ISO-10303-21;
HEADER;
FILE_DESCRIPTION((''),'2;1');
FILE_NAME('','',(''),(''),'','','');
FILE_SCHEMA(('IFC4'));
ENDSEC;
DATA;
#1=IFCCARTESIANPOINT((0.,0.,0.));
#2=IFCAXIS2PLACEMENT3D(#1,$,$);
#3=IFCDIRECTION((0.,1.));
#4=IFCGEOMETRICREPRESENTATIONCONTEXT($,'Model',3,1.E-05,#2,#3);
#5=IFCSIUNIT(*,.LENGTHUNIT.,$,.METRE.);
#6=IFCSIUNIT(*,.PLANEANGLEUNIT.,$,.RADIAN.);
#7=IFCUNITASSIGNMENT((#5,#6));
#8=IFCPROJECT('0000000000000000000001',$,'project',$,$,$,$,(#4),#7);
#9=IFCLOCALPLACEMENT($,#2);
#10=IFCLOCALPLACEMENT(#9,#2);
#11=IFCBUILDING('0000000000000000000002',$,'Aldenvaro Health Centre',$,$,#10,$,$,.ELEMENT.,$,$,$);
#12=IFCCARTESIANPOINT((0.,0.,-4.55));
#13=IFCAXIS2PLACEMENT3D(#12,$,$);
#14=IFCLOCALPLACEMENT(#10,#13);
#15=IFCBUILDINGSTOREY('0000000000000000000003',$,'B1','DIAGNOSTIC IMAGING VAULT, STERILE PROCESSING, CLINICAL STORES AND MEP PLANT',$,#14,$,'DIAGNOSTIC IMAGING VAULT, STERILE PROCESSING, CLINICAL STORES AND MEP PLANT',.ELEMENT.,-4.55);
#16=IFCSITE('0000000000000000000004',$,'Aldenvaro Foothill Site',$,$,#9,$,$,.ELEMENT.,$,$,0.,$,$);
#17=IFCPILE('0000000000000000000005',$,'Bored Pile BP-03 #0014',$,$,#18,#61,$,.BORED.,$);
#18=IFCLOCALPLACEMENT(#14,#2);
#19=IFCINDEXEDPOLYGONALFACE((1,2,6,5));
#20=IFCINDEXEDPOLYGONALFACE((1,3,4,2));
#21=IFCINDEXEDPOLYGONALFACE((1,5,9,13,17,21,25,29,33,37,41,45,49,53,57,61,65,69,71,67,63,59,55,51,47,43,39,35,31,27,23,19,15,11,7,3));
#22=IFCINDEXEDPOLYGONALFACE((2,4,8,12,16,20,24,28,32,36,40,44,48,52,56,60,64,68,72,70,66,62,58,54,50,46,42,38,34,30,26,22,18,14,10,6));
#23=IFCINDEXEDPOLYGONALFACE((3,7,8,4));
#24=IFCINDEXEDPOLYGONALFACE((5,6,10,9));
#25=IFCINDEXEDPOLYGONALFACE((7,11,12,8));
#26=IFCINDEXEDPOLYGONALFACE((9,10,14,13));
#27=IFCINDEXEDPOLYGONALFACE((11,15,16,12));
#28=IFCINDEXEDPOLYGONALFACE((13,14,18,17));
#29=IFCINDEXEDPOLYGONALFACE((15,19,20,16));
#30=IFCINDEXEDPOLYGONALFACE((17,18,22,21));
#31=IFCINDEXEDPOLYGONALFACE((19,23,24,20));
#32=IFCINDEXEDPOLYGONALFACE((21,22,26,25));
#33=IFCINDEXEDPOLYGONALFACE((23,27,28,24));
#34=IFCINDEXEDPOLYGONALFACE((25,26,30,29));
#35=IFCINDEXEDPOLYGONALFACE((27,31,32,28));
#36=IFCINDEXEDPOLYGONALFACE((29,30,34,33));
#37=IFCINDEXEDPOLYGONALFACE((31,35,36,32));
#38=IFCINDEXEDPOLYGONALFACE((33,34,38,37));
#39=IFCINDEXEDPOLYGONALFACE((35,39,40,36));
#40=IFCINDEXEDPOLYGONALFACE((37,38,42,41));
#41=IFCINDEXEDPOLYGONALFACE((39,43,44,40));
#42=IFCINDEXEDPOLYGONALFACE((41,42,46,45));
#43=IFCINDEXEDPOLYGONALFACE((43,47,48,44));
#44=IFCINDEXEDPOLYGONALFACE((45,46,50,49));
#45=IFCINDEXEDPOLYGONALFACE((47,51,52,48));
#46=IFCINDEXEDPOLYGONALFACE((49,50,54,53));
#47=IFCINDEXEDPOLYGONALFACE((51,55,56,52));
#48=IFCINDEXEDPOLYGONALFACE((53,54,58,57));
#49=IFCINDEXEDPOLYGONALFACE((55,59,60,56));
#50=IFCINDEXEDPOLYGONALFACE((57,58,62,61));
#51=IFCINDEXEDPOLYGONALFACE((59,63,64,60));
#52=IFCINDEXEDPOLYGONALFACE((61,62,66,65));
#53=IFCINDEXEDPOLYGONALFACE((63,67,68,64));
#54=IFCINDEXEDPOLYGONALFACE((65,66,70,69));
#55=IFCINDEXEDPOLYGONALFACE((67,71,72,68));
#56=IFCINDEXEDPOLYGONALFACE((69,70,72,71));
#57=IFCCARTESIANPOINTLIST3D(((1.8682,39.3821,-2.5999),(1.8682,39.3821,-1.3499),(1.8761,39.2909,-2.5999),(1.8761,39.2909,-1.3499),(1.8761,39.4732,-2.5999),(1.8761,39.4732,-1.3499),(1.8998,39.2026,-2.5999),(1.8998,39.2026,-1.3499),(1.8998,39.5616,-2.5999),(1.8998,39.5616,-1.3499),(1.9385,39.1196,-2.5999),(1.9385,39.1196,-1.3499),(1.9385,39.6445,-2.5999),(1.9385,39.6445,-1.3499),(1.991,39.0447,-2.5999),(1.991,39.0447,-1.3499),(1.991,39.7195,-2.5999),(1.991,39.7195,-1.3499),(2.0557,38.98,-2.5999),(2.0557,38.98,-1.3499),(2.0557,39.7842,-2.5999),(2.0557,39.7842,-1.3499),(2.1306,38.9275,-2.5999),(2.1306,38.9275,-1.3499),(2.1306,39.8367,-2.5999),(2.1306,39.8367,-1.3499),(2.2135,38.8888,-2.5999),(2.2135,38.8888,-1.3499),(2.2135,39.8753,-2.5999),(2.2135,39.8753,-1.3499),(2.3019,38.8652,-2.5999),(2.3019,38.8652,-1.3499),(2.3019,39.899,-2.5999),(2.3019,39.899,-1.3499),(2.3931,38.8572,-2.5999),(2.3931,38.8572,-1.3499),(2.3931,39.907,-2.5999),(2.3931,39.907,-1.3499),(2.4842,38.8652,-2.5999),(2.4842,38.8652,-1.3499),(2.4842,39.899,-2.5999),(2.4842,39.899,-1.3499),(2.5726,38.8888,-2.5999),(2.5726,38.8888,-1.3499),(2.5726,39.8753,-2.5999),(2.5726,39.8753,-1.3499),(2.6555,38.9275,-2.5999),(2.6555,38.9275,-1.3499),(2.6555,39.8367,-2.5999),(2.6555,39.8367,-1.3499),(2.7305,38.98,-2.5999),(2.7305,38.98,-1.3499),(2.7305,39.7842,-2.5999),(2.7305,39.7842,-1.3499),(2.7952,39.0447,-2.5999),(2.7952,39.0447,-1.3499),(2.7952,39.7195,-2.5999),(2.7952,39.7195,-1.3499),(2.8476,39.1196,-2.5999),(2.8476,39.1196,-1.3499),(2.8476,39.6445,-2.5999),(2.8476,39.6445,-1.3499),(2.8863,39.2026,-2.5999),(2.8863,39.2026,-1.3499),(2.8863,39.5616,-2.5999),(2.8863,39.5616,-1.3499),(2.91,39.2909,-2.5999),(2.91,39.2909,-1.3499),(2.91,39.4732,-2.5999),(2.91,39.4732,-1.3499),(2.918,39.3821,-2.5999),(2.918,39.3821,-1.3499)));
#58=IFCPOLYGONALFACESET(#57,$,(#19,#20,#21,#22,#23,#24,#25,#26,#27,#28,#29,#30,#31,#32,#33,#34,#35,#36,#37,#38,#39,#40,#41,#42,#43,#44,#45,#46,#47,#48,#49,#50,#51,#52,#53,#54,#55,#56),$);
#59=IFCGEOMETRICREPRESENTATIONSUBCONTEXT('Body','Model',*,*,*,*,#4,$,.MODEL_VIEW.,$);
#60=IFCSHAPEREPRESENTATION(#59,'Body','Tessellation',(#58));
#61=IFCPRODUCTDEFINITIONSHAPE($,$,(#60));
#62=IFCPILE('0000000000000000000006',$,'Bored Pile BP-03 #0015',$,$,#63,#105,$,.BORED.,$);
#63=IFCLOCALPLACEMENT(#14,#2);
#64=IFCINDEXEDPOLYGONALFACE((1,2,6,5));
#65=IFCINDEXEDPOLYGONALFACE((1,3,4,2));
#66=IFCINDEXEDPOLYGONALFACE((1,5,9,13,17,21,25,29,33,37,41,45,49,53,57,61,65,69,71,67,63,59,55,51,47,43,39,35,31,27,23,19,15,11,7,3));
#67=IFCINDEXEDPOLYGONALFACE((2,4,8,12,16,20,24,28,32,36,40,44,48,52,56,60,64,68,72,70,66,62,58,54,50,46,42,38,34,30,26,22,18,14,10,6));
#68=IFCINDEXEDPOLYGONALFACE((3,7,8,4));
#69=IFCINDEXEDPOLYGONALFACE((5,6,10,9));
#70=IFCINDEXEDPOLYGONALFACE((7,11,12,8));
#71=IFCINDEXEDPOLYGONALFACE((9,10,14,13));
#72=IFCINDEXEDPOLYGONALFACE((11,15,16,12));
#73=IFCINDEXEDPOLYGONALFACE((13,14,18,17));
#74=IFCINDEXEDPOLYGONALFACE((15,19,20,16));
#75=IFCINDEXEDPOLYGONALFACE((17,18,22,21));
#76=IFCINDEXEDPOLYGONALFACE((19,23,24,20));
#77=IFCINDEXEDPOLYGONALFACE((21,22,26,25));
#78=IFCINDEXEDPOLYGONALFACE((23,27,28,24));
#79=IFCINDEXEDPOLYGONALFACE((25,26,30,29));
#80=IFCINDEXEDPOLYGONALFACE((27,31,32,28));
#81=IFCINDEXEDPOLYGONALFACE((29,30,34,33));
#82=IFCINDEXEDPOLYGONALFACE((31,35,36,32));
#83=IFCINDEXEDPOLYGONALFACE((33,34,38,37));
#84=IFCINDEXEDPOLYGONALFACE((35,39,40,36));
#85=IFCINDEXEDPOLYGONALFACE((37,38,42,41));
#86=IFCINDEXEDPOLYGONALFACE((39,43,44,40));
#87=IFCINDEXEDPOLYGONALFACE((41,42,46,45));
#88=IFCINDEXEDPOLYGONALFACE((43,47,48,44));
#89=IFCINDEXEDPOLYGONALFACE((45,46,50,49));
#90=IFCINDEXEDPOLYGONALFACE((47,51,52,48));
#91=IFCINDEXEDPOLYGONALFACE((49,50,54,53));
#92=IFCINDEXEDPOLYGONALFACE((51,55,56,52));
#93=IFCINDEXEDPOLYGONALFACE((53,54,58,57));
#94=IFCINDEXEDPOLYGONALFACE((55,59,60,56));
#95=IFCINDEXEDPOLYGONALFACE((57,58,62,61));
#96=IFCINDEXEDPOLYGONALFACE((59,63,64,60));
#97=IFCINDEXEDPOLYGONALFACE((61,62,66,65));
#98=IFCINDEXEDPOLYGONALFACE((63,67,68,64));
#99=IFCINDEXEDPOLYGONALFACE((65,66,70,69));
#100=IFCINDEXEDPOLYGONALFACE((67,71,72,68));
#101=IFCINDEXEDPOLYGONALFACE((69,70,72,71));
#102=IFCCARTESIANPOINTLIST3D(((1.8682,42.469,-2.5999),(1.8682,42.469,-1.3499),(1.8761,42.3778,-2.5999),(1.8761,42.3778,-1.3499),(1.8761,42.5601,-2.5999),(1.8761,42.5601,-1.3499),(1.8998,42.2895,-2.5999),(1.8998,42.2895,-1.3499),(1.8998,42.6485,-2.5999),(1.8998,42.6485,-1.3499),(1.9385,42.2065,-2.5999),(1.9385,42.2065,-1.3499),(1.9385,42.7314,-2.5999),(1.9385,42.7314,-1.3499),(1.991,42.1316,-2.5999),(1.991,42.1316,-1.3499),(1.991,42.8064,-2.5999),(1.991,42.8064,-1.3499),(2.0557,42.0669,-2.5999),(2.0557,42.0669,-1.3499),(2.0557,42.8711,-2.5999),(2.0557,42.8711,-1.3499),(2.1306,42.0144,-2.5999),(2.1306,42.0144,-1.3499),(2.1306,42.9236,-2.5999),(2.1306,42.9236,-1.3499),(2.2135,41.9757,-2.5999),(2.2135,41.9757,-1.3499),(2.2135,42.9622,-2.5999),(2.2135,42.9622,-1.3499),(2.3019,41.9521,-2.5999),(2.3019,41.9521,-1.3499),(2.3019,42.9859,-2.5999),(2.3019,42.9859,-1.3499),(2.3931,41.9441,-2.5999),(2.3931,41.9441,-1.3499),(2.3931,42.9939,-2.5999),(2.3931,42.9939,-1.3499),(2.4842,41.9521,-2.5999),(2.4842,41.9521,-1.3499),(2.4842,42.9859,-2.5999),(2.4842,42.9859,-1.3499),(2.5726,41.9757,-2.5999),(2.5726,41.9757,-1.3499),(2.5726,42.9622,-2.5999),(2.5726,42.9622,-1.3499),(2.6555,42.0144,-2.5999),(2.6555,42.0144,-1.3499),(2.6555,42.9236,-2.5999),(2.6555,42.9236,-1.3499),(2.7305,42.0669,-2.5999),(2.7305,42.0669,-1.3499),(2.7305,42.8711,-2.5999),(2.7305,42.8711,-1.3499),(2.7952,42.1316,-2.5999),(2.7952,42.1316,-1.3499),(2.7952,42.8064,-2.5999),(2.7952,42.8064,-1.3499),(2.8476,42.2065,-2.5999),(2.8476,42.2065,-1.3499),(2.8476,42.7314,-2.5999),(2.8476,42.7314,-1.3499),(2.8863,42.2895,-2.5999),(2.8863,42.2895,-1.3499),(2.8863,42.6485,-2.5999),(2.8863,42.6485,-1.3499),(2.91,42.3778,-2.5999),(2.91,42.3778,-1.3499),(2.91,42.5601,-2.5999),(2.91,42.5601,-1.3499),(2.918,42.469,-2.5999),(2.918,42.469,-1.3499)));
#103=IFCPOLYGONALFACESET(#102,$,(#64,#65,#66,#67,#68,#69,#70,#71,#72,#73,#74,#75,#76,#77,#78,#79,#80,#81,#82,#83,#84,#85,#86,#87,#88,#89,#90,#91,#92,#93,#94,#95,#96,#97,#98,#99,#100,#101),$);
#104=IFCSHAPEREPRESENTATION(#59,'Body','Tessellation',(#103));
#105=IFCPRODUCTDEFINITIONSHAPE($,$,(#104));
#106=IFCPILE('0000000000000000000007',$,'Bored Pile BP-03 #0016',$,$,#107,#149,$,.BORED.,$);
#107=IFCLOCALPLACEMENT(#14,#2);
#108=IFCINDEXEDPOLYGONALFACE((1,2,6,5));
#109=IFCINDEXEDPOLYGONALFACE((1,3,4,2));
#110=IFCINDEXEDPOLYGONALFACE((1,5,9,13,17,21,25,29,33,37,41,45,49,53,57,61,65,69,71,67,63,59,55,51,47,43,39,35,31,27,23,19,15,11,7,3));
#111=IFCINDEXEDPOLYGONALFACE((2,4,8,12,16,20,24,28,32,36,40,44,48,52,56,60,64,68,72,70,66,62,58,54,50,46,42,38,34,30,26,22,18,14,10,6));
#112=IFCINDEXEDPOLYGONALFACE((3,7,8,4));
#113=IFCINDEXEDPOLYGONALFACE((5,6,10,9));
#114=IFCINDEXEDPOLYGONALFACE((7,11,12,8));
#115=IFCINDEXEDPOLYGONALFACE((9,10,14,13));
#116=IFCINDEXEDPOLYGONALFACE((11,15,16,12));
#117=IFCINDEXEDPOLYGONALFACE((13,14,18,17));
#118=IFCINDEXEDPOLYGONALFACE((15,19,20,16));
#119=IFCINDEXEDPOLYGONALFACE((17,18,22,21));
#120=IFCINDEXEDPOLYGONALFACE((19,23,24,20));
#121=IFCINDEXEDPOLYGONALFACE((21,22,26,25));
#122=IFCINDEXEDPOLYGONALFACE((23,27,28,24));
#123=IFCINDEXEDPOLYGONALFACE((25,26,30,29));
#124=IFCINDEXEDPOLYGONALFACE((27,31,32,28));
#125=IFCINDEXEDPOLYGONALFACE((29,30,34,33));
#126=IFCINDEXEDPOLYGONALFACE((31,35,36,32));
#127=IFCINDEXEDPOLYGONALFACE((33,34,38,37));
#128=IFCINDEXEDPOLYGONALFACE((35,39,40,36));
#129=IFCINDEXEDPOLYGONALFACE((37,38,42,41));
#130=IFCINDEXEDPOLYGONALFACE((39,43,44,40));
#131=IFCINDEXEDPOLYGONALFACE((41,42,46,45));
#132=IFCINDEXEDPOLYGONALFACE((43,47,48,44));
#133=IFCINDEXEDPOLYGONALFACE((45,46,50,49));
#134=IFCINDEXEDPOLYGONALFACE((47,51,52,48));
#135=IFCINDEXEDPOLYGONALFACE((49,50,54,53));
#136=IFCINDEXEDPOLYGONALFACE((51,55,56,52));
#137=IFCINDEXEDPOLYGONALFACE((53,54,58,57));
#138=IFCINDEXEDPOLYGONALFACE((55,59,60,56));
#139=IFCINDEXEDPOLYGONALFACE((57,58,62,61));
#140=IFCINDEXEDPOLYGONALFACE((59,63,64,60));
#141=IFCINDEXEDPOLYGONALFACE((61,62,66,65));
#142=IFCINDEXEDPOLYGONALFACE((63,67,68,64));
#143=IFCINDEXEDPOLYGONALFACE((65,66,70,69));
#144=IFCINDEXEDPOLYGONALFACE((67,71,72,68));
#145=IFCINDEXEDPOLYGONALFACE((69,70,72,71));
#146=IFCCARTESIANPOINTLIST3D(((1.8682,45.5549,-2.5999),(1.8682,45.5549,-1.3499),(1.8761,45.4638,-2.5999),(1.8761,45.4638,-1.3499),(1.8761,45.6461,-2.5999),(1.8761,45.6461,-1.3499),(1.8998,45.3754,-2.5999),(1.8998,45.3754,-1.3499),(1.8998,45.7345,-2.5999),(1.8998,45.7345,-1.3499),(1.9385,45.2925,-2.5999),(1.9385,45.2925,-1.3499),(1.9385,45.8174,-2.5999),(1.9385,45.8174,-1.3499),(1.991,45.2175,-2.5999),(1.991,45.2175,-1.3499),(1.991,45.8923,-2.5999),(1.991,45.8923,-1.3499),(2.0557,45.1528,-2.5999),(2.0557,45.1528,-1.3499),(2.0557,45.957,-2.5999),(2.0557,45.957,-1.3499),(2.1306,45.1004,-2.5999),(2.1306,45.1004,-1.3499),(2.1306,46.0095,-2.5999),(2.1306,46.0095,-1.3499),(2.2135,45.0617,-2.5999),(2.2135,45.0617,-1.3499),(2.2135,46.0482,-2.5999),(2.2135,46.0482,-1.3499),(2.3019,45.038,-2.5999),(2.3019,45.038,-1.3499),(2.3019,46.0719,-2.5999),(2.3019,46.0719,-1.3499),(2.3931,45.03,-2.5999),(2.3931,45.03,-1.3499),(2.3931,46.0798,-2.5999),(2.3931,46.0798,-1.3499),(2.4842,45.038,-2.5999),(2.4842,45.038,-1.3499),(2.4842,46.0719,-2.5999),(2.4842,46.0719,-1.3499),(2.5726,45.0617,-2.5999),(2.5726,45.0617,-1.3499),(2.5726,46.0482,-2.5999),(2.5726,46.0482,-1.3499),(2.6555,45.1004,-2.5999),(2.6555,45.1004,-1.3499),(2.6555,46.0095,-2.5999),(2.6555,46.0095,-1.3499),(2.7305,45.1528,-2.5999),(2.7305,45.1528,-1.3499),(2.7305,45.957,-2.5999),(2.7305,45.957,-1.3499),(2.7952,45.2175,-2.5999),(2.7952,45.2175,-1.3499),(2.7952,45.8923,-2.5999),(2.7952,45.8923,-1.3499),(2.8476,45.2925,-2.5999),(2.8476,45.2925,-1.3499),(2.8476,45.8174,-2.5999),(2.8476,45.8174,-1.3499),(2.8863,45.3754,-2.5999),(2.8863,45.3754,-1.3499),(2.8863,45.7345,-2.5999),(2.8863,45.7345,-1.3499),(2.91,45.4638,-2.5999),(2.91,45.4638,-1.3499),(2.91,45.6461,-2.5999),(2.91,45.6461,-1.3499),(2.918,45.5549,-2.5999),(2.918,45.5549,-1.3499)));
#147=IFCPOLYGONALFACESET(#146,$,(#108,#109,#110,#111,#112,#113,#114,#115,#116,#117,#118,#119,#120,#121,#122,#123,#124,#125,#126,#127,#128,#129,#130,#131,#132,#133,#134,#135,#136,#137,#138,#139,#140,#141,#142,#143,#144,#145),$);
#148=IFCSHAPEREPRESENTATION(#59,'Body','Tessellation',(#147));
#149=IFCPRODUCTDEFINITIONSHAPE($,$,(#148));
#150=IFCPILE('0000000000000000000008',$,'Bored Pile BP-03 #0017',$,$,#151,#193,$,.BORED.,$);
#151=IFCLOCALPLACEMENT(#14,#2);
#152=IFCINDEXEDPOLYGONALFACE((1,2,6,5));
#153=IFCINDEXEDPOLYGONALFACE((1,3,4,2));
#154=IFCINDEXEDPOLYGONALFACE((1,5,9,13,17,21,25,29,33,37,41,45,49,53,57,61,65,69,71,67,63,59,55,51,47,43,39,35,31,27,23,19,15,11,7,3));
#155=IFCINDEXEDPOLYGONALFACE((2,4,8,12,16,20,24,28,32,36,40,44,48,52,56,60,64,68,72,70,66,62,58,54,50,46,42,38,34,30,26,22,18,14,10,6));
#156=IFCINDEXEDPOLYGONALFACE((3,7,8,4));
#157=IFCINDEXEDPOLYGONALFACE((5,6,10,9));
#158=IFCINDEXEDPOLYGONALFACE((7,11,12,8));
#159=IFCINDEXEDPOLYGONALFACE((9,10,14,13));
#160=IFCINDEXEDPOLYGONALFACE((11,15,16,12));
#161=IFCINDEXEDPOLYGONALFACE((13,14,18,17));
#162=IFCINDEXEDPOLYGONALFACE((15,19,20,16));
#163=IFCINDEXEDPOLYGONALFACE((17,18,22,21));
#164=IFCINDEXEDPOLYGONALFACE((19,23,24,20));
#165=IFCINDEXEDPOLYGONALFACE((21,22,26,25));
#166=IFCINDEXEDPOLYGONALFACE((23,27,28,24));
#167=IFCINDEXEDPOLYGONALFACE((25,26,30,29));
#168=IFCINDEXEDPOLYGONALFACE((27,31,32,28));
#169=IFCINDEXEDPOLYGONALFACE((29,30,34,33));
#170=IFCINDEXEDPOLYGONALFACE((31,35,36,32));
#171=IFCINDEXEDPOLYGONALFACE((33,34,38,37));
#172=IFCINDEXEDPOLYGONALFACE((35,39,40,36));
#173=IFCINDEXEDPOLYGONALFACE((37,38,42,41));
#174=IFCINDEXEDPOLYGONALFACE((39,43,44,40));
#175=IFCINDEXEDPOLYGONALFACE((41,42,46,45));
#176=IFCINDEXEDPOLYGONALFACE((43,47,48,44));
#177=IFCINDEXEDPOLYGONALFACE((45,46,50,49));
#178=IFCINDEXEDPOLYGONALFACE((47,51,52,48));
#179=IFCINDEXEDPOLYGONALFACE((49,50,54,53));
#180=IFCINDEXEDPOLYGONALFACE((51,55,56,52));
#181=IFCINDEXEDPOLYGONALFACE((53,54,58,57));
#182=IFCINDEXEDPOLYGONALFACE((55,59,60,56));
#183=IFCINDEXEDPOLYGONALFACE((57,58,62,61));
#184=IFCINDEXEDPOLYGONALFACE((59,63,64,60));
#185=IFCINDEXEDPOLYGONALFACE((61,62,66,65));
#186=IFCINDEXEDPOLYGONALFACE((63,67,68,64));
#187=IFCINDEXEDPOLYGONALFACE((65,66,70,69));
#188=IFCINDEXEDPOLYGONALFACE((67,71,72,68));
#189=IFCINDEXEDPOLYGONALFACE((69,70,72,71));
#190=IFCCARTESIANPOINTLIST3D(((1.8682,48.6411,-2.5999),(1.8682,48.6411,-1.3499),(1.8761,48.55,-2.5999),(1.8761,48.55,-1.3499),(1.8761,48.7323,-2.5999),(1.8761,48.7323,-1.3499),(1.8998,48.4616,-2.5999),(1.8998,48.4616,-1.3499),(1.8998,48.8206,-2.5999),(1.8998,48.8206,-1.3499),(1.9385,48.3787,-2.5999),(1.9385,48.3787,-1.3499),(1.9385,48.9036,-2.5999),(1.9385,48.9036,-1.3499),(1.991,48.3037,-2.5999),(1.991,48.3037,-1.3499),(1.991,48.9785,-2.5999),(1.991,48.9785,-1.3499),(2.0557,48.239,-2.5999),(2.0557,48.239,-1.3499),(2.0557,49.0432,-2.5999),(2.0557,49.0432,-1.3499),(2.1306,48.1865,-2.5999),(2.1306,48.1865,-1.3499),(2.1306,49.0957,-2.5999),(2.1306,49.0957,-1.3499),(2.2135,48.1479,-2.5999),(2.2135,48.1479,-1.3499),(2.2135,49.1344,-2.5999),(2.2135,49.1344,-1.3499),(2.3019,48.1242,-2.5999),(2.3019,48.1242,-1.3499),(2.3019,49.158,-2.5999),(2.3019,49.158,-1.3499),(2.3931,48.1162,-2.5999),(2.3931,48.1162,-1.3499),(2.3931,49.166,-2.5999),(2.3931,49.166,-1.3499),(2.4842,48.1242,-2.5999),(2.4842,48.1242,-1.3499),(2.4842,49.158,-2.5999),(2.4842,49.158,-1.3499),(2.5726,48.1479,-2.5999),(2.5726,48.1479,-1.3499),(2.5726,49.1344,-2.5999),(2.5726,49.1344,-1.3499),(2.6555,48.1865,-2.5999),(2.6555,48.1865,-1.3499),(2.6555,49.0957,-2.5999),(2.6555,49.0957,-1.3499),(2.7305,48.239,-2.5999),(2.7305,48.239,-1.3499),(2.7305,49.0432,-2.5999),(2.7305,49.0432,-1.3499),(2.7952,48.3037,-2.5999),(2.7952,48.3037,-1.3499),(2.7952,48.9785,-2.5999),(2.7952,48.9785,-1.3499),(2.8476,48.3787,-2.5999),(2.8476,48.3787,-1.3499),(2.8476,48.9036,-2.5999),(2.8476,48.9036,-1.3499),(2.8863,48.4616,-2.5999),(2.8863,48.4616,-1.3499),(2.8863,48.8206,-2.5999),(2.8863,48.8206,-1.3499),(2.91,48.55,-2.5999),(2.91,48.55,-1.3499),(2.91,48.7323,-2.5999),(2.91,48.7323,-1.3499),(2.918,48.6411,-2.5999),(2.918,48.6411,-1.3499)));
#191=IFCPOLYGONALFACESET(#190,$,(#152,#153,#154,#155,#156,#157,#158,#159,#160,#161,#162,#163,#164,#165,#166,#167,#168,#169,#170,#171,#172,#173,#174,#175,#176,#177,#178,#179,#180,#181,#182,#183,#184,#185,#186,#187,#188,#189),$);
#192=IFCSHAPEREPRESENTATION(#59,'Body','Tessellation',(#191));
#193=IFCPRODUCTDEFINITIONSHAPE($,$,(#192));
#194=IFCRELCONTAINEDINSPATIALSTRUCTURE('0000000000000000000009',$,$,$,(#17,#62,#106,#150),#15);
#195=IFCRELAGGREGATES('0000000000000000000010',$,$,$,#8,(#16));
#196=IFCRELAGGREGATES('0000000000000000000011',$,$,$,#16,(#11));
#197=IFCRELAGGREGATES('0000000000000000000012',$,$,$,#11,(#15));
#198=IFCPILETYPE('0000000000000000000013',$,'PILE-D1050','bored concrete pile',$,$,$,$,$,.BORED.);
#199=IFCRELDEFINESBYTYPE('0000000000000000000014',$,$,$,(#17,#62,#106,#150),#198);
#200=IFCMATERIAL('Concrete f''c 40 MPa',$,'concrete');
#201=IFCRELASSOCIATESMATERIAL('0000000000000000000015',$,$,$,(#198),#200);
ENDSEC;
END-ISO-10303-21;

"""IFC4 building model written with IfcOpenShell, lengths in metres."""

from ifc_helpers import new_model, si_unit, direction, frame, origin, origin_2d, place, context, subcontext, project, spatial, circle, extrude, material, material_profile, profile_set, type_object, element, save


model = new_model("IFC4")

# Units and contexts
model_context = context("Model", 3, precision=1e-05, world=origin(), true_north=direction((0.0, 1.0)))
body_context = subcontext(model_context, "Body", "Model", "MODEL_VIEW")
ifc_project = project(units=[si_unit("LENGTHUNIT", "METRE"), si_unit("PLANEANGLEUNIT", "RADIAN")], contexts=[model_context])

# Site, building, storey
site_placement = place(None, origin())
site = spatial("IfcSite", under=ifc_project, at=site_placement, Name="Aldenvaro Foothill Site", CompositionType="ELEMENT", RefElevation=0.0)
building_placement = place(site_placement, origin())
building = spatial("IfcBuilding", under=site, at=building_placement, Name="Aldenvaro Health Centre", CompositionType="ELEMENT")
storey_placement = place(building_placement, frame((0.0, 0.0, -4.55)))
storey = spatial("IfcBuildingStorey", under=building, at=storey_placement, Name="B1", Description="DIAGNOSTIC IMAGING VAULT, STERILE PROCESSING, CLINICAL STORES AND MEP PLANT", LongName="DIAGNOSTIC IMAGING VAULT, STERILE PROCESSING, CLINICAL STORES AND MEP PLANT", CompositionType="ELEMENT", Elevation=-4.55)

# Piles
ifc_material_1 = material(Name="Concrete f'c 40 MPa", Category="concrete")
ifc_material_profile_1 = material_profile(ifc_material_1, circle(Radius=0.5249, at=origin_2d()), Name="PILE D1050", Category="concrete")
ifc_profile_set_1 = profile_set([ifc_material_profile_1], Name="Concrete f'c 40 MPa")
pile_type = type_object("IfcPileType", Name="PILE-D1050", Description="bored concrete pile", PredefinedType="BORED", material=ifc_profile_set_1)
for number, where, z_axis, x_axis, name in (
    (1, (2.3931, 39.3821, -1.3499), (0.0, 0.0, -1.0), (1.0, 0.0, 0.0), "Bored Pile BP-03 #0014"),
    (2, (2.3931, 42.469, -1.3499), (0.0, 0.0, -1.0), (1.0, 0.0, 0.0), "Bored Pile BP-03 #0015"),
    (3, (2.3931, 45.5549, -1.3499), (0.0, 0.0, -1.0), (1.0, 0.0, 0.0), "Bored Pile BP-03 #0016"),
    (4, (2.3931, 48.6411, -1.3499), (0.0, 0.0, -1.0), (1.0, 0.0, 0.0), "Bored Pile BP-03 #0017"),
):
    element("IfcPile", number, at=place(storey_placement, frame(where, z_axis=z_axis, x_axis=x_axis)), inside=storey, type_object=pile_type, Name=name, PredefinedType="BORED", context=body_context, shape_type="SweptSolid", body=[
        extrude(circle(Radius=0.5249, at=origin_2d()), origin(), (0.0, 0.0, 1.0), 1.25),
    ])

save(model, "model.ifc")
